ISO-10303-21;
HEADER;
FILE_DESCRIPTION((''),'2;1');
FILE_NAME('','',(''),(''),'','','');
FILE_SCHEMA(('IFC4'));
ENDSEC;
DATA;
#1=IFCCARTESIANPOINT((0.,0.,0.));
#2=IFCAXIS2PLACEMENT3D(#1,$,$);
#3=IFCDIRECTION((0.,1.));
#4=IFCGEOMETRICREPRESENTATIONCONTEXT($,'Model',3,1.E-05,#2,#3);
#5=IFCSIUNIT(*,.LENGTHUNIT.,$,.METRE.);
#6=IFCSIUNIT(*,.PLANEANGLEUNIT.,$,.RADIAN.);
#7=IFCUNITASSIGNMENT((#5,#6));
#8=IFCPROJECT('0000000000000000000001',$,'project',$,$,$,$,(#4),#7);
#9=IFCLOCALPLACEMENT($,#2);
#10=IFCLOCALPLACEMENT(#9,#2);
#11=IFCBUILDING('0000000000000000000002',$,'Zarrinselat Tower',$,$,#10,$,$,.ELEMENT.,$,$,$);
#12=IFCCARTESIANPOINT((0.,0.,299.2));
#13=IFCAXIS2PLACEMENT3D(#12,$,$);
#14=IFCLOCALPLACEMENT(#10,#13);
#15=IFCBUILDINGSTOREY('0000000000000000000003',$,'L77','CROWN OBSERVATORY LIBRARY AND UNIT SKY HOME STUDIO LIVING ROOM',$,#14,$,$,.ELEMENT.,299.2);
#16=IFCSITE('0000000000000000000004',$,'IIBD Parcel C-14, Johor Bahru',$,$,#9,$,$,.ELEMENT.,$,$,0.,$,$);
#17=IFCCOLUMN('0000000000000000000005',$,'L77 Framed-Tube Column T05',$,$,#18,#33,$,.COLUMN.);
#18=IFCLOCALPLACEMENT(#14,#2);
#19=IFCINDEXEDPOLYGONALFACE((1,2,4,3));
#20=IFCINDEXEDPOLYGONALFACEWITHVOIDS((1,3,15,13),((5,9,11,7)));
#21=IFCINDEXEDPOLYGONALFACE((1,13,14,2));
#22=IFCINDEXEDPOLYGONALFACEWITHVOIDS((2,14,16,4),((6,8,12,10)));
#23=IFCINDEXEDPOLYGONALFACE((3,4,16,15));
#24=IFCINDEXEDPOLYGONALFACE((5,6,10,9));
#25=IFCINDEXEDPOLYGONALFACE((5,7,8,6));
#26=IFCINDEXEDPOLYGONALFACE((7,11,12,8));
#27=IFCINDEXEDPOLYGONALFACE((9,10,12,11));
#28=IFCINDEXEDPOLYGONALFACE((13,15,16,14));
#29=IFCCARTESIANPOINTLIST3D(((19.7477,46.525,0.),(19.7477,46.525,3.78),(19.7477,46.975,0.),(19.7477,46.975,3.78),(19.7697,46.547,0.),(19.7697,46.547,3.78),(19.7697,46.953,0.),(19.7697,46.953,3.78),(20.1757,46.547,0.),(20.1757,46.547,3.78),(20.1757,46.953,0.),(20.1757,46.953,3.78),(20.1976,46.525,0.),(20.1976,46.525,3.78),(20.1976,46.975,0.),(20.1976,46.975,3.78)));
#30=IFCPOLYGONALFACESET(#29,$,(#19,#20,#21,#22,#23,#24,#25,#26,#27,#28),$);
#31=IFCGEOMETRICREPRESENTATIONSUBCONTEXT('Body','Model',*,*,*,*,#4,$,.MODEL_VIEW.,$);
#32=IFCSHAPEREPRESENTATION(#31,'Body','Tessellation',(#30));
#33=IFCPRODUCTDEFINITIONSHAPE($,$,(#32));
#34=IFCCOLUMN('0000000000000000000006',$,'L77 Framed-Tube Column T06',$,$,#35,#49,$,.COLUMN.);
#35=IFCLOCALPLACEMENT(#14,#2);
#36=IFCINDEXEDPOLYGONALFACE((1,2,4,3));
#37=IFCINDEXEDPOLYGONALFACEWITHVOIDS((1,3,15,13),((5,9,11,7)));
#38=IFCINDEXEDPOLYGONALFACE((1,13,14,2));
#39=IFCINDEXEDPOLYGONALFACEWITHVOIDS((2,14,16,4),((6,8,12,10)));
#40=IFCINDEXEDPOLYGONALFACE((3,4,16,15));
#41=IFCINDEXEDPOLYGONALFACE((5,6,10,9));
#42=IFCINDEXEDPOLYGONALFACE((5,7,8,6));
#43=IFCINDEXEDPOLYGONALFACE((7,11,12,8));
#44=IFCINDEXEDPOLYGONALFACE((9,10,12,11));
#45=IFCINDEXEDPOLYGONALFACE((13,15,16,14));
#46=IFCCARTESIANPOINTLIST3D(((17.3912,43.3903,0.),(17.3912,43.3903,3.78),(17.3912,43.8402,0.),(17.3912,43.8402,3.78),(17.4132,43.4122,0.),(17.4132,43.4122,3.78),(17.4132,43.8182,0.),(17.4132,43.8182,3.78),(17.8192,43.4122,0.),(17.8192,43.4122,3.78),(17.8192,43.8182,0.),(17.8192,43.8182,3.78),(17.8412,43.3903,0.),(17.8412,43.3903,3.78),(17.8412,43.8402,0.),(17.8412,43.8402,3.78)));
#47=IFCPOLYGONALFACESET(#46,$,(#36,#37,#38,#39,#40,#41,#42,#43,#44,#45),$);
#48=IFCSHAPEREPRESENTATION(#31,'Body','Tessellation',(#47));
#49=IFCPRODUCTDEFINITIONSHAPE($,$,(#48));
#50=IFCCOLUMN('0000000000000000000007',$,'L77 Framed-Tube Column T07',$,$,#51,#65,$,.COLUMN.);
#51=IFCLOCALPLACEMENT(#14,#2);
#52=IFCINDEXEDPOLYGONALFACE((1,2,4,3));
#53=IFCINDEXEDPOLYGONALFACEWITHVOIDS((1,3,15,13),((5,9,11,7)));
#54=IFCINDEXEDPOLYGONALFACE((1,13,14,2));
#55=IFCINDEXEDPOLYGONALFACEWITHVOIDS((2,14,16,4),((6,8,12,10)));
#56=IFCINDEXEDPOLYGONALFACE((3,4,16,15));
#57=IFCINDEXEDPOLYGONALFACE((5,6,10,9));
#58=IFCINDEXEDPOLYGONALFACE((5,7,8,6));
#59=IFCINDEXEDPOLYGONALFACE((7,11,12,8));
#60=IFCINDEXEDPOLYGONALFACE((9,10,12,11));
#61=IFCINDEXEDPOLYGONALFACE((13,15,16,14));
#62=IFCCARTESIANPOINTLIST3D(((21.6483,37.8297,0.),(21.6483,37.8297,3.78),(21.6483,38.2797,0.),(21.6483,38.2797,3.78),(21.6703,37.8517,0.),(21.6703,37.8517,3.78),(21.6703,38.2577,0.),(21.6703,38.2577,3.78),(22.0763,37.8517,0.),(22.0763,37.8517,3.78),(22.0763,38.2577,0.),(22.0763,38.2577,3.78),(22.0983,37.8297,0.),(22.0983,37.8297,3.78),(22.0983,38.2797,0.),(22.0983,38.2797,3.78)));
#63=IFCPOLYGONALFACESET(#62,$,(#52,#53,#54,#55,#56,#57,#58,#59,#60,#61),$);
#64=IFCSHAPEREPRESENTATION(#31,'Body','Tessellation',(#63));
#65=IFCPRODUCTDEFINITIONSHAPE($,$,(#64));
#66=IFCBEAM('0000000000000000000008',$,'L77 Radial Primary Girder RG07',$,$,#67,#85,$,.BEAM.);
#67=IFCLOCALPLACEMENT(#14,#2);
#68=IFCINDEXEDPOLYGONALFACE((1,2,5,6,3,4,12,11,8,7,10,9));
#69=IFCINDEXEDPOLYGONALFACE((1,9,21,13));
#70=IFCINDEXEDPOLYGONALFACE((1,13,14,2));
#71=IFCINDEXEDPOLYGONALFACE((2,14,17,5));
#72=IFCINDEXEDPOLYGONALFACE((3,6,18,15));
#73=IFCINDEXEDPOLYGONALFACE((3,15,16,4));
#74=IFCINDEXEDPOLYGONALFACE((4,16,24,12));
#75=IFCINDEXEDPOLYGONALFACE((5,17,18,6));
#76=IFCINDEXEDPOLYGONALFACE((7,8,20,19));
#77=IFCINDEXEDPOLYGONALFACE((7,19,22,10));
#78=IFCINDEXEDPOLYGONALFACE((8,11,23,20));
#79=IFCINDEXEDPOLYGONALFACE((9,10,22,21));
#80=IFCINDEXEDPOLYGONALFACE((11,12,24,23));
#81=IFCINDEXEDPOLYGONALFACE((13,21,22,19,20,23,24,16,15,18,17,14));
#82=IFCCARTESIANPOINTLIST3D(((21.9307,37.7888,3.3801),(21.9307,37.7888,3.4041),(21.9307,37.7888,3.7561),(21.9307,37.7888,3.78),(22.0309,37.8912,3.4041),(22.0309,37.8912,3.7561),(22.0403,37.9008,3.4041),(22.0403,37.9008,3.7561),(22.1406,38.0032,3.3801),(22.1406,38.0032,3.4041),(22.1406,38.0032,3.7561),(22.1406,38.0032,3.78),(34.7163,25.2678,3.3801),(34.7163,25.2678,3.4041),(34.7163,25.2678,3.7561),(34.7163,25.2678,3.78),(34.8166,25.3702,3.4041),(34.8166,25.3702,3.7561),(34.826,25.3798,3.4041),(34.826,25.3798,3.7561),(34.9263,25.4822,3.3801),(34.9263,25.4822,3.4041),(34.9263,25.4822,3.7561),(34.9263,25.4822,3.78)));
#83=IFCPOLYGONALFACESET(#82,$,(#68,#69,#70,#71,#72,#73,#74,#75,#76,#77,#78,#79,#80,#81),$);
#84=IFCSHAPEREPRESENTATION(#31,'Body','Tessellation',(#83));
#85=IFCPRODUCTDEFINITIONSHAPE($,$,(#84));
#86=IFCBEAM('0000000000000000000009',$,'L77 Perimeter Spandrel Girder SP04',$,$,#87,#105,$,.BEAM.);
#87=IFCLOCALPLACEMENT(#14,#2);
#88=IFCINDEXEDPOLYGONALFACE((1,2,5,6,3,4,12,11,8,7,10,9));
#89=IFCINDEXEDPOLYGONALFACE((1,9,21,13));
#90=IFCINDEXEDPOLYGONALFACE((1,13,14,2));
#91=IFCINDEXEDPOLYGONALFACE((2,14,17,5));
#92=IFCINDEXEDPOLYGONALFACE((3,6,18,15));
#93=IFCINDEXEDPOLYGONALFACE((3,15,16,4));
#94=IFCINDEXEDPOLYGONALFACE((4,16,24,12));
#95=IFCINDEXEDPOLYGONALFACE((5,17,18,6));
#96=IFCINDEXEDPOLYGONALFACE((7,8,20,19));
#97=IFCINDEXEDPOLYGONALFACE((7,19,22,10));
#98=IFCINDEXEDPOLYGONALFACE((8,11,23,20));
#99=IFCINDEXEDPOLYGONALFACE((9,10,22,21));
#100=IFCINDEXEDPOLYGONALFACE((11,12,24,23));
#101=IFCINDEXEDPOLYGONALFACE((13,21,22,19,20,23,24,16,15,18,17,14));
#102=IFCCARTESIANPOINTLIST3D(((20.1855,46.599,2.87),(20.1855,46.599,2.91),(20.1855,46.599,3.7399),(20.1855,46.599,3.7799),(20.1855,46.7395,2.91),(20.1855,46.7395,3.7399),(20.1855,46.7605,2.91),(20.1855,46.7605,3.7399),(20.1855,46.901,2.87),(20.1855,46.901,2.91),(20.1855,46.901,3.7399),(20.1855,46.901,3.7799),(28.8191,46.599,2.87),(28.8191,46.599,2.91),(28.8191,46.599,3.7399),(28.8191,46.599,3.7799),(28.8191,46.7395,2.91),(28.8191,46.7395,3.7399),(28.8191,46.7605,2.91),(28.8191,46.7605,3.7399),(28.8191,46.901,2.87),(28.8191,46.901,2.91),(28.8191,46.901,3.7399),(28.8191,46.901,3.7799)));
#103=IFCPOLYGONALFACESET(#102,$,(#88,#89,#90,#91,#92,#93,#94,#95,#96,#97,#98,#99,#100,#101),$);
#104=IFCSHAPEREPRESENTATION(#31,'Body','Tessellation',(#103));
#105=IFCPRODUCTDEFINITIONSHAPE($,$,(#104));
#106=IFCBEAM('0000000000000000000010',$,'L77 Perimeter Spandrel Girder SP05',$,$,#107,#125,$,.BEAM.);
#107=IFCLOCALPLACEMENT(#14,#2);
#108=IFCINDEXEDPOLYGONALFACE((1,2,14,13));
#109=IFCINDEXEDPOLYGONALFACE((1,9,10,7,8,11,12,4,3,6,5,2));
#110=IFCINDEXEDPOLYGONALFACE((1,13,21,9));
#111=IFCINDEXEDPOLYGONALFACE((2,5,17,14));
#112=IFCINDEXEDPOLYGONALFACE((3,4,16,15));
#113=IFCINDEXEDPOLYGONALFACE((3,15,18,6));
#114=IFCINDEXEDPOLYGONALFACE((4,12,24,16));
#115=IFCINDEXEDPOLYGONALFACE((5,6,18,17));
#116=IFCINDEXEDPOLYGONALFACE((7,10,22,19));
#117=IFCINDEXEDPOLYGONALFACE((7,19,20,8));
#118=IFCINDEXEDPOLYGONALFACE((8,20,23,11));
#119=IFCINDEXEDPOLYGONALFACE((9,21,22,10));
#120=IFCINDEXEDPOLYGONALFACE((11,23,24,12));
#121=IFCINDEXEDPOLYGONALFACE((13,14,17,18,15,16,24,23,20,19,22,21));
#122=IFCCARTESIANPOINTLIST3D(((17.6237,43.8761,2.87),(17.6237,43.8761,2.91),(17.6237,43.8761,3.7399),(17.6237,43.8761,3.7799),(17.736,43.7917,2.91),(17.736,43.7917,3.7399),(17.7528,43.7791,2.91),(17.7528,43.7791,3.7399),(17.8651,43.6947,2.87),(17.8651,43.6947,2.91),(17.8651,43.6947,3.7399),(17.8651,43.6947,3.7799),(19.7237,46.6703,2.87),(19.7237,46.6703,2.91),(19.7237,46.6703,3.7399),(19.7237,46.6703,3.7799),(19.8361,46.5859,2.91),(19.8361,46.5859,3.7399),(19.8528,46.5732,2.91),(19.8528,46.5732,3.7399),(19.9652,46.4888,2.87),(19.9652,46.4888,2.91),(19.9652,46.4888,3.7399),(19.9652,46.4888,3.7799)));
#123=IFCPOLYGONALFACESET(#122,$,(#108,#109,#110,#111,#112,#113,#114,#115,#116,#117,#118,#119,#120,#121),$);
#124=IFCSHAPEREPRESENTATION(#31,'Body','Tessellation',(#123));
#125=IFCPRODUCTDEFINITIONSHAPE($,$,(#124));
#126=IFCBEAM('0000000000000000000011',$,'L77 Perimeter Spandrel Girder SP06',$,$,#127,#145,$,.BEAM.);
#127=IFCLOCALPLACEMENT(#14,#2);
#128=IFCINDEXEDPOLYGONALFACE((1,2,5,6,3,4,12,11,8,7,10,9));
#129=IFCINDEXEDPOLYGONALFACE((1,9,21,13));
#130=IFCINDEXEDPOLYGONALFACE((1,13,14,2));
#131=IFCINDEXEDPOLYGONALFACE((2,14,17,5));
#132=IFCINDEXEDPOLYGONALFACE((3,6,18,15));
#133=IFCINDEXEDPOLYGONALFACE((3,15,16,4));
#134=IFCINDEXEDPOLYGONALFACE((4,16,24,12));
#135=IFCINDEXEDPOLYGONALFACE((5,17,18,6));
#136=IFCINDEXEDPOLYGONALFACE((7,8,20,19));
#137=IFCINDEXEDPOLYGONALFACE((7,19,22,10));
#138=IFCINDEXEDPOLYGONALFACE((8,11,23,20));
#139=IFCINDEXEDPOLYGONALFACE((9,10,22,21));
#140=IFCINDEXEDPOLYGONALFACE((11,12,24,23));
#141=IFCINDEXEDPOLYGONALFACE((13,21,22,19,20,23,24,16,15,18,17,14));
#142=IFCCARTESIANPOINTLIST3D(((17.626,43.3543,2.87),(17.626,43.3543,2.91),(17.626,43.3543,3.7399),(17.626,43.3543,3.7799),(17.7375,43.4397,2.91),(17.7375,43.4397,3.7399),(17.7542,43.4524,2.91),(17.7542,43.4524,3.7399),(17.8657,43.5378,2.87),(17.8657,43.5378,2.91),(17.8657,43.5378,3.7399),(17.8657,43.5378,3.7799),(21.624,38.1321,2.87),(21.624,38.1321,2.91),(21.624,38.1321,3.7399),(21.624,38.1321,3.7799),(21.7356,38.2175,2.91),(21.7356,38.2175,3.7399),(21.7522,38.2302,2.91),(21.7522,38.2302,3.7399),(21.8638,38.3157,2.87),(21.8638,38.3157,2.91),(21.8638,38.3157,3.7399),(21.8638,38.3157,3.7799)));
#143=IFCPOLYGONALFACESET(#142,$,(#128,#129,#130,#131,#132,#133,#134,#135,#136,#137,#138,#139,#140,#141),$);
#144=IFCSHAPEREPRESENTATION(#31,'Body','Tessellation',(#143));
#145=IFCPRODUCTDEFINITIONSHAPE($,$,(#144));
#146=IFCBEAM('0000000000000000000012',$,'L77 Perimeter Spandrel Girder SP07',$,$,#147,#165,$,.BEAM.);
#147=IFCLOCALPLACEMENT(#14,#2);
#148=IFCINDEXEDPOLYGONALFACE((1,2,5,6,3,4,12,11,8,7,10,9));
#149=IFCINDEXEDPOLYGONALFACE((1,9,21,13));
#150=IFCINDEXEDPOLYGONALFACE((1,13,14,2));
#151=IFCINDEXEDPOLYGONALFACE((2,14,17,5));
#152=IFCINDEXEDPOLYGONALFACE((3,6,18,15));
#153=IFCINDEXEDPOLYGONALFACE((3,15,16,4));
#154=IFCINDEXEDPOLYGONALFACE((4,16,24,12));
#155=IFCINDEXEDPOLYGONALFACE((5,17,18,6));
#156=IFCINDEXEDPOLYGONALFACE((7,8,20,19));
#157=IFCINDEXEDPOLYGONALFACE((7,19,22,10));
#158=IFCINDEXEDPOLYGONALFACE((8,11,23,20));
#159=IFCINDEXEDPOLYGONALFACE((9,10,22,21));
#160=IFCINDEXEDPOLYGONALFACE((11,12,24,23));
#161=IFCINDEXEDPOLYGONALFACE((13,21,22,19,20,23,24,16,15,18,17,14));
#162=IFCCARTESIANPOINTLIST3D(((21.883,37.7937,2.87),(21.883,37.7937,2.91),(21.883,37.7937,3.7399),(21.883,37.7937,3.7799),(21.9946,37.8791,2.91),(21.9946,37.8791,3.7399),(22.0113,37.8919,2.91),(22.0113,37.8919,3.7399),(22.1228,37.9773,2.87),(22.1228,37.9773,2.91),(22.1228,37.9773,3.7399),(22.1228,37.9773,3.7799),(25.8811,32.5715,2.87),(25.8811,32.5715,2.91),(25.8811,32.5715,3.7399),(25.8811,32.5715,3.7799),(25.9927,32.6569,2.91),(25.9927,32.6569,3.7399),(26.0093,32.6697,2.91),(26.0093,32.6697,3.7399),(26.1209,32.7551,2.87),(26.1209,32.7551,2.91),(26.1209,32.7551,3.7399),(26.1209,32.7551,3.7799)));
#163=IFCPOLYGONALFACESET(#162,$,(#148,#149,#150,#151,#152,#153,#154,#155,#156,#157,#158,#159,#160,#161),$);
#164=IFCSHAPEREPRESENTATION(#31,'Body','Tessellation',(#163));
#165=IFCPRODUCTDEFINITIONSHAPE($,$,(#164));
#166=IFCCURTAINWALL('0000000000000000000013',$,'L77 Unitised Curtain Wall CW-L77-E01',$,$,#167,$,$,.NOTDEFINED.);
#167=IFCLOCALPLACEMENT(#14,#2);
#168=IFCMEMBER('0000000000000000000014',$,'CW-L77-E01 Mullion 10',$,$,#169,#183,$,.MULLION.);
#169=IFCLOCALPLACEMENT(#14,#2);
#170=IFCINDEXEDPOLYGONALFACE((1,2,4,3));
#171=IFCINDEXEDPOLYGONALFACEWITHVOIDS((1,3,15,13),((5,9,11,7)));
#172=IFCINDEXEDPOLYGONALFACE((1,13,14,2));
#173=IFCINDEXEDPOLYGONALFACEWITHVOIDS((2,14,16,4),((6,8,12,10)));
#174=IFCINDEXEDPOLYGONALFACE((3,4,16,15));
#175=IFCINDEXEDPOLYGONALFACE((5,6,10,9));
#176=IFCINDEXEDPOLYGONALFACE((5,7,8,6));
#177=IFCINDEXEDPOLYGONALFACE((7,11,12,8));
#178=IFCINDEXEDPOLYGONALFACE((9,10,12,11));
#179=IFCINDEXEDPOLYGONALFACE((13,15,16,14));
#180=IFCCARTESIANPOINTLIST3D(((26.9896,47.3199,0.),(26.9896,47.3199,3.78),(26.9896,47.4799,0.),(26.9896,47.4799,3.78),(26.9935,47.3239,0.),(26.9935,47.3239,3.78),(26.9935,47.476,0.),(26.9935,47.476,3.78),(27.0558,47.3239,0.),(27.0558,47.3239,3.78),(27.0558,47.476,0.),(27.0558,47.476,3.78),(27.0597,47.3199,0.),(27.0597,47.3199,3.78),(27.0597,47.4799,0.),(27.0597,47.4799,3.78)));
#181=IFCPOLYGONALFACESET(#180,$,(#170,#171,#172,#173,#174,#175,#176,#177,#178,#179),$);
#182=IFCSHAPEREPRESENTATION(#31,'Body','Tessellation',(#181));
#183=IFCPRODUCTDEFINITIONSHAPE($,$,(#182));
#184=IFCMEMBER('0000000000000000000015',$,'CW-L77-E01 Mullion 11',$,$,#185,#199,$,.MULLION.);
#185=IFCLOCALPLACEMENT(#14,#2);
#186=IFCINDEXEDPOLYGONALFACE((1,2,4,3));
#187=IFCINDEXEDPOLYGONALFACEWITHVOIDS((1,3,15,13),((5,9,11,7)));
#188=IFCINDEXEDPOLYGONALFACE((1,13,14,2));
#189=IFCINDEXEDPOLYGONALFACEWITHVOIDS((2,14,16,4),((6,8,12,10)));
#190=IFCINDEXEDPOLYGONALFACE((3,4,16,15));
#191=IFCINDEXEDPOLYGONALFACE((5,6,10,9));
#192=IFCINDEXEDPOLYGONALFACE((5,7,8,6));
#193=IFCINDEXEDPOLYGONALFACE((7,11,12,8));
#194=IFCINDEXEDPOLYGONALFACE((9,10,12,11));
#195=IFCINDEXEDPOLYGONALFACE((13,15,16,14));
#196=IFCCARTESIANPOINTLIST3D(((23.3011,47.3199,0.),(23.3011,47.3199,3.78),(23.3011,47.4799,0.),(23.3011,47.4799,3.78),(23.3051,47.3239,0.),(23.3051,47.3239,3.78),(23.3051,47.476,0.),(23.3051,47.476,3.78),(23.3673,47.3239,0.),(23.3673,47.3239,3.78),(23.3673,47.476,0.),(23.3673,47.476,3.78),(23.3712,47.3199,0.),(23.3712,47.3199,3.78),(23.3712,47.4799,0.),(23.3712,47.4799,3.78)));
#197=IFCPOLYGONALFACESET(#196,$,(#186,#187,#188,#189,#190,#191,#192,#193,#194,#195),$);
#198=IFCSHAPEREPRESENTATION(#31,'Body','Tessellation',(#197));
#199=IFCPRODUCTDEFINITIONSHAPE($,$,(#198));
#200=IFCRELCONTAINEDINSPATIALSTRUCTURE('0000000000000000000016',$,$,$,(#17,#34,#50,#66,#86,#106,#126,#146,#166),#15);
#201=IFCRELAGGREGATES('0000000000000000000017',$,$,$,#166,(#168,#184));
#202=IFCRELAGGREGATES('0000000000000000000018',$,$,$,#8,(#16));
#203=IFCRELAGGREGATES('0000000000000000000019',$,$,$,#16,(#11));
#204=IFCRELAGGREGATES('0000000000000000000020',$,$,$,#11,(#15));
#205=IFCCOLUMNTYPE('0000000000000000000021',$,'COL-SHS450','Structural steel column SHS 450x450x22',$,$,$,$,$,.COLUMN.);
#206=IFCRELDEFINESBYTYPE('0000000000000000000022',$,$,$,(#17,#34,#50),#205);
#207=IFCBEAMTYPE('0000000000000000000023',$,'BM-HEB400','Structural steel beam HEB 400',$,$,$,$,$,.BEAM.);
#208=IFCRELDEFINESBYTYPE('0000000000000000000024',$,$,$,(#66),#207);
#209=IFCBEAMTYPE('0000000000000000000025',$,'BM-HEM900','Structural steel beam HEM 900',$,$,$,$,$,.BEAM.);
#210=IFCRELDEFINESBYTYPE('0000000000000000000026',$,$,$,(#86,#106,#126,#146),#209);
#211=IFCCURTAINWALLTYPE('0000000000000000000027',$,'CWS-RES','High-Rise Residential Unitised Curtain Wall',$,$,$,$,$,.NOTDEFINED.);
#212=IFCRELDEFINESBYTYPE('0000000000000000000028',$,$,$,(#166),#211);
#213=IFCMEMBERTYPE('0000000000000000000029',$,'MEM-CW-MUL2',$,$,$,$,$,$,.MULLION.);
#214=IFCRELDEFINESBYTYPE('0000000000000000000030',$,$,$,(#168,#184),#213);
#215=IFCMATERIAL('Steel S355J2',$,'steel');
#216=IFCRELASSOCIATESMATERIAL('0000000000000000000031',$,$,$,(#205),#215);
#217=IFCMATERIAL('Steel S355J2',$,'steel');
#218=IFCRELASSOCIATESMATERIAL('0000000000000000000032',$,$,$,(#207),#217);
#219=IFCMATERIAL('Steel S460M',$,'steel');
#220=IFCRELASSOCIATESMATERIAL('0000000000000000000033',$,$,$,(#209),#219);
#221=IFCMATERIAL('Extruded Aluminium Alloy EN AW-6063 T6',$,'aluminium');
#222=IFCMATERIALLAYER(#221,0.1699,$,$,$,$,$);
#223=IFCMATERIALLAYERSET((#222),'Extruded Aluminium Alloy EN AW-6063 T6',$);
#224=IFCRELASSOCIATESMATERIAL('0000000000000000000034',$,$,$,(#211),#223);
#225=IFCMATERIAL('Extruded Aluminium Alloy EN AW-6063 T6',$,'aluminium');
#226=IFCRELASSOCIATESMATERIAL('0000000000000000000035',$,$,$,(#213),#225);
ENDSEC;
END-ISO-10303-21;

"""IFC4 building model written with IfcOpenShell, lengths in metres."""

from ifc_helpers import new_model, si_unit, direction, frame, origin, origin_2d, place, context, subcontext, project, spatial, hollow_rectangle, i_section, extrude, material, layer, layer_set, material_profile, profile_set, type_object, element, aggregate, save


model = new_model("IFC4")

# Units and contexts
model_context = context("Model", 3, precision=1e-05, world=origin(), true_north=direction((0.0, 1.0)))
body_context = subcontext(model_context, "Body", "Model", "MODEL_VIEW")
ifc_project = project(units=[si_unit("LENGTHUNIT", "METRE"), si_unit("PLANEANGLEUNIT", "RADIAN")], contexts=[model_context])

# Site, building, storey
site_placement = place(None, origin())
site = spatial("IfcSite", under=ifc_project, at=site_placement, Name="IIBD Parcel C-14, Johor Bahru", CompositionType="ELEMENT", RefElevation=0.0)
building_placement = place(site_placement, origin())
building = spatial("IfcBuilding", under=site, at=building_placement, Name="Zarrinselat Tower", CompositionType="ELEMENT")
storey_placement = place(building_placement, frame((0.0, 0.0, 299.2)))
storey = spatial("IfcBuildingStorey", under=building, at=storey_placement, Name="L77", Description="CROWN OBSERVATORY LIBRARY AND UNIT SKY HOME STUDIO LIVING ROOM", CompositionType="ELEMENT", Elevation=299.2)

# Columns
ifc_material_1 = material(Name="Steel S355J2", Category="steel")
ifc_material_profile_1 = material_profile(ifc_material_1, hollow_rectangle(XDim=0.45, YDim=0.45, WallThickness=0.022, at=origin_2d()), Name="SHS 450x450x22")
ifc_profile_set_1 = profile_set([ifc_material_profile_1], Name="Steel S355J2")
column_type = type_object("IfcColumnType", Name="COL-SHS450", Description="Structural steel column SHS 450x450x22", PredefinedType="COLUMN", material=ifc_profile_set_1)
for number, where, z_axis, x_axis, name in (
    (1, (19.9727, 46.75, 0.0), (0.0, 0.0, 1.0), (1.0, 0.0, 0.0), "L77 Framed-Tube Column T05"),
    (2, (17.6162, 43.6152, 0.0), (0.0, 0.0, 1.0), (1.0, 0.0, 0.0), "L77 Framed-Tube Column T06"),
    (3, (21.8733, 38.0547, 0.0), (0.0, 0.0, 1.0), (1.0, 0.0, 0.0), "L77 Framed-Tube Column T07"),
):
    element("IfcColumn", number, at=place(storey_placement, frame(where, z_axis=z_axis, x_axis=x_axis)), inside=storey, type_object=column_type, Name=name, PredefinedType="COLUMN", context=body_context, shape_type="SweptSolid", body=[
        extrude(hollow_rectangle(XDim=0.45, YDim=0.45, WallThickness=0.022, at=origin_2d()), origin(), (0.0, 0.0, 1.0), 3.78),
    ])

# Beams
ifc_material_2 = material(Name="Steel S355J2", Category="steel")
ifc_material_profile_2 = material_profile(ifc_material_2, i_section(OverallWidth=0.3, OverallDepth=0.3999, WebThickness=0.0134, FlangeThickness=0.0239, at=origin_2d()), Name="HEB 400")
ifc_profile_set_2 = profile_set([ifc_material_profile_2], Name="Steel S355J2")
beam_type_1 = type_object("IfcBeamType", Name="BM-HEB400", Description="Structural steel beam HEB 400", PredefinedType="BEAM", material=ifc_profile_set_2)
beam_1_placement = place(storey_placement, frame((22.0356, 37.896, 3.5801), z_axis=(0.714462, -0.699674, 0.0), x_axis=(0.699674, 0.714462, 0.0)))
element("IfcBeam", 4, at=beam_1_placement, inside=storey, type_object=beam_type_1, Name="L77 Radial Primary Girder RG07", PredefinedType="BEAM", context=body_context, shape_type="SweptSolid", body=[
    extrude(i_section(OverallWidth=0.3, OverallDepth=0.3999, WebThickness=0.0134, FlangeThickness=0.0239, at=origin_2d()), origin(), (0.0, 0.0, 1.0), 17.8955),
])
ifc_material_3 = material(Name="Steel S460M", Category="steel")
ifc_material_profile_3 = material_profile(ifc_material_3, i_section(OverallWidth=0.302, OverallDepth=0.9099, WebThickness=0.021, FlangeThickness=0.04, at=origin_2d()), Name="HEM 900")
ifc_profile_set_3 = profile_set([ifc_material_profile_3], Name="Steel S460M")
beam_type_2 = type_object("IfcBeamType", Name="BM-HEM900", Description="Structural steel beam HEM 900", PredefinedType="BEAM", material=ifc_profile_set_3)
beam_2_placement = place(storey_placement, frame((20.1855, 46.75, 3.325), z_axis=(1.0, 0.0, 0.0), x_axis=(0.0, 1.0, 0.0)))
element("IfcBeam", 5, at=beam_2_placement, inside=storey, type_object=beam_type_2, Name="L77 Perimeter Spandrel Girder SP04", PredefinedType="BEAM", context=body_context, shape_type="SweptSolid", body=[
    extrude(i_section(OverallWidth=0.302, OverallDepth=0.9099, WebThickness=0.021, FlangeThickness=0.04, at=origin_2d()), origin(), (0.0, 0.0, 1.0), 8.6335),
])
beam_3_placement = place(storey_placement, frame((17.7444, 43.7854, 3.325), z_axis=(0.600815, 0.799388, 0.0), x_axis=(-0.799388, 0.600815, 0.0)))
element("IfcBeam", 6, at=beam_3_placement, inside=storey, type_object=beam_type_2, Name="L77 Perimeter Spandrel Girder SP05", PredefinedType="BEAM", context=body_context, shape_type="SweptSolid", body=[
    extrude(i_section(OverallWidth=0.302, OverallDepth=0.9099, WebThickness=0.021, FlangeThickness=0.04, at=origin_2d()), origin(), (0.0, 0.0, 1.0), 3.4954),
])
for number, where, z_axis, x_axis, name in (
    (7, (17.7458, 43.446, 3.325), (0.607894, -0.794018, 0.0), (0.794018, 0.607894, 0.0), "L77 Perimeter Spandrel Girder SP06"),
    (8, (22.0029, 37.8855, 3.325), (0.607894, -0.794018, 0.0), (0.794018, 0.607894, 0.0), "L77 Perimeter Spandrel Girder SP07"),
):
    element("IfcBeam", number, at=place(storey_placement, frame(where, z_axis=z_axis, x_axis=x_axis)), inside=storey, type_object=beam_type_2, Name=name, PredefinedType="BEAM", context=body_context, shape_type="SweptSolid", body=[
        extrude(i_section(OverallWidth=0.302, OverallDepth=0.9099, WebThickness=0.021, FlangeThickness=0.04, at=origin_2d()), origin(), (0.0, 0.0, 1.0), 6.5769),
    ])

# Curtain wall, members
ifc_material_4 = material(Name="Extruded Aluminium Alloy EN AW-6063 T6", Category="aluminium")
ifc_layer_1 = layer(ifc_material_4, 0.1699)
ifc_layer_set_1 = layer_set([ifc_layer_1], Name="Extruded Aluminium Alloy EN AW-6063 T6")
curtain_wall_type = type_object("IfcCurtainWallType", Name="CWS-RES", Description="High-Rise Residential Unitised Curtain Wall", PredefinedType="NOTDEFINED", material=ifc_layer_set_1)
curtain_wall_1_placement = place(storey_placement, origin())
curtain_wall_1 = element("IfcCurtainWall", 9, at=curtain_wall_1_placement, inside=storey, type_object=curtain_wall_type, Name="L77 Unitised Curtain Wall CW-L77-E01", PredefinedType="NOTDEFINED")
ifc_material_5 = material(Name="Extruded Aluminium Alloy EN AW-6063 T6", Category="aluminium")
ifc_material_profile_4 = material_profile(ifc_material_5, hollow_rectangle(XDim=0.0701, YDim=0.1599, WallThickness=0.0039, at=origin_2d()), Name="RHS 160x70x4")
ifc_profile_set_4 = profile_set([ifc_material_profile_4], Name="Extruded Aluminium Alloy EN AW-6063 T6")
member_type_1 = type_object("IfcMemberType", Name="MEM-CW-MUL2", PredefinedType="MULLION", material=ifc_profile_set_4)
member_1_placement = place(storey_placement, frame((27.0247, 47.3999, 0.0), z_axis=(0.0, 0.0, 1.0), x_axis=(-1.0, 0.0, 0.0)))
member_1 = element("IfcMember", 10, at=member_1_placement, type_object=member_type_1, Name="CW-L77-E01 Mullion 10", PredefinedType="MULLION", context=body_context, shape_type="SweptSolid", body=[
    extrude(hollow_rectangle(XDim=0.0701, YDim=0.1599, WallThickness=0.0039, at=origin_2d()), origin(), (0.0, 0.0, 1.0), 3.78),
])
member_2_placement = place(storey_placement, frame((23.3362, 47.3999, 0.0), z_axis=(0.0, 0.0, 1.0), x_axis=(-1.0, 0.0, 0.0)))
member_2 = element("IfcMember", 11, at=member_2_placement, type_object=member_type_1, Name="CW-L77-E01 Mullion 11", PredefinedType="MULLION", context=body_context, shape_type="SweptSolid", body=[
    extrude(hollow_rectangle(XDim=0.0701, YDim=0.1599, WallThickness=0.0039, at=origin_2d()), origin(), (0.0, 0.0, 1.0), 3.78),
])

aggregate(curtain_wall_1, [member_1, member_2])

save(model, "model.ifc")
